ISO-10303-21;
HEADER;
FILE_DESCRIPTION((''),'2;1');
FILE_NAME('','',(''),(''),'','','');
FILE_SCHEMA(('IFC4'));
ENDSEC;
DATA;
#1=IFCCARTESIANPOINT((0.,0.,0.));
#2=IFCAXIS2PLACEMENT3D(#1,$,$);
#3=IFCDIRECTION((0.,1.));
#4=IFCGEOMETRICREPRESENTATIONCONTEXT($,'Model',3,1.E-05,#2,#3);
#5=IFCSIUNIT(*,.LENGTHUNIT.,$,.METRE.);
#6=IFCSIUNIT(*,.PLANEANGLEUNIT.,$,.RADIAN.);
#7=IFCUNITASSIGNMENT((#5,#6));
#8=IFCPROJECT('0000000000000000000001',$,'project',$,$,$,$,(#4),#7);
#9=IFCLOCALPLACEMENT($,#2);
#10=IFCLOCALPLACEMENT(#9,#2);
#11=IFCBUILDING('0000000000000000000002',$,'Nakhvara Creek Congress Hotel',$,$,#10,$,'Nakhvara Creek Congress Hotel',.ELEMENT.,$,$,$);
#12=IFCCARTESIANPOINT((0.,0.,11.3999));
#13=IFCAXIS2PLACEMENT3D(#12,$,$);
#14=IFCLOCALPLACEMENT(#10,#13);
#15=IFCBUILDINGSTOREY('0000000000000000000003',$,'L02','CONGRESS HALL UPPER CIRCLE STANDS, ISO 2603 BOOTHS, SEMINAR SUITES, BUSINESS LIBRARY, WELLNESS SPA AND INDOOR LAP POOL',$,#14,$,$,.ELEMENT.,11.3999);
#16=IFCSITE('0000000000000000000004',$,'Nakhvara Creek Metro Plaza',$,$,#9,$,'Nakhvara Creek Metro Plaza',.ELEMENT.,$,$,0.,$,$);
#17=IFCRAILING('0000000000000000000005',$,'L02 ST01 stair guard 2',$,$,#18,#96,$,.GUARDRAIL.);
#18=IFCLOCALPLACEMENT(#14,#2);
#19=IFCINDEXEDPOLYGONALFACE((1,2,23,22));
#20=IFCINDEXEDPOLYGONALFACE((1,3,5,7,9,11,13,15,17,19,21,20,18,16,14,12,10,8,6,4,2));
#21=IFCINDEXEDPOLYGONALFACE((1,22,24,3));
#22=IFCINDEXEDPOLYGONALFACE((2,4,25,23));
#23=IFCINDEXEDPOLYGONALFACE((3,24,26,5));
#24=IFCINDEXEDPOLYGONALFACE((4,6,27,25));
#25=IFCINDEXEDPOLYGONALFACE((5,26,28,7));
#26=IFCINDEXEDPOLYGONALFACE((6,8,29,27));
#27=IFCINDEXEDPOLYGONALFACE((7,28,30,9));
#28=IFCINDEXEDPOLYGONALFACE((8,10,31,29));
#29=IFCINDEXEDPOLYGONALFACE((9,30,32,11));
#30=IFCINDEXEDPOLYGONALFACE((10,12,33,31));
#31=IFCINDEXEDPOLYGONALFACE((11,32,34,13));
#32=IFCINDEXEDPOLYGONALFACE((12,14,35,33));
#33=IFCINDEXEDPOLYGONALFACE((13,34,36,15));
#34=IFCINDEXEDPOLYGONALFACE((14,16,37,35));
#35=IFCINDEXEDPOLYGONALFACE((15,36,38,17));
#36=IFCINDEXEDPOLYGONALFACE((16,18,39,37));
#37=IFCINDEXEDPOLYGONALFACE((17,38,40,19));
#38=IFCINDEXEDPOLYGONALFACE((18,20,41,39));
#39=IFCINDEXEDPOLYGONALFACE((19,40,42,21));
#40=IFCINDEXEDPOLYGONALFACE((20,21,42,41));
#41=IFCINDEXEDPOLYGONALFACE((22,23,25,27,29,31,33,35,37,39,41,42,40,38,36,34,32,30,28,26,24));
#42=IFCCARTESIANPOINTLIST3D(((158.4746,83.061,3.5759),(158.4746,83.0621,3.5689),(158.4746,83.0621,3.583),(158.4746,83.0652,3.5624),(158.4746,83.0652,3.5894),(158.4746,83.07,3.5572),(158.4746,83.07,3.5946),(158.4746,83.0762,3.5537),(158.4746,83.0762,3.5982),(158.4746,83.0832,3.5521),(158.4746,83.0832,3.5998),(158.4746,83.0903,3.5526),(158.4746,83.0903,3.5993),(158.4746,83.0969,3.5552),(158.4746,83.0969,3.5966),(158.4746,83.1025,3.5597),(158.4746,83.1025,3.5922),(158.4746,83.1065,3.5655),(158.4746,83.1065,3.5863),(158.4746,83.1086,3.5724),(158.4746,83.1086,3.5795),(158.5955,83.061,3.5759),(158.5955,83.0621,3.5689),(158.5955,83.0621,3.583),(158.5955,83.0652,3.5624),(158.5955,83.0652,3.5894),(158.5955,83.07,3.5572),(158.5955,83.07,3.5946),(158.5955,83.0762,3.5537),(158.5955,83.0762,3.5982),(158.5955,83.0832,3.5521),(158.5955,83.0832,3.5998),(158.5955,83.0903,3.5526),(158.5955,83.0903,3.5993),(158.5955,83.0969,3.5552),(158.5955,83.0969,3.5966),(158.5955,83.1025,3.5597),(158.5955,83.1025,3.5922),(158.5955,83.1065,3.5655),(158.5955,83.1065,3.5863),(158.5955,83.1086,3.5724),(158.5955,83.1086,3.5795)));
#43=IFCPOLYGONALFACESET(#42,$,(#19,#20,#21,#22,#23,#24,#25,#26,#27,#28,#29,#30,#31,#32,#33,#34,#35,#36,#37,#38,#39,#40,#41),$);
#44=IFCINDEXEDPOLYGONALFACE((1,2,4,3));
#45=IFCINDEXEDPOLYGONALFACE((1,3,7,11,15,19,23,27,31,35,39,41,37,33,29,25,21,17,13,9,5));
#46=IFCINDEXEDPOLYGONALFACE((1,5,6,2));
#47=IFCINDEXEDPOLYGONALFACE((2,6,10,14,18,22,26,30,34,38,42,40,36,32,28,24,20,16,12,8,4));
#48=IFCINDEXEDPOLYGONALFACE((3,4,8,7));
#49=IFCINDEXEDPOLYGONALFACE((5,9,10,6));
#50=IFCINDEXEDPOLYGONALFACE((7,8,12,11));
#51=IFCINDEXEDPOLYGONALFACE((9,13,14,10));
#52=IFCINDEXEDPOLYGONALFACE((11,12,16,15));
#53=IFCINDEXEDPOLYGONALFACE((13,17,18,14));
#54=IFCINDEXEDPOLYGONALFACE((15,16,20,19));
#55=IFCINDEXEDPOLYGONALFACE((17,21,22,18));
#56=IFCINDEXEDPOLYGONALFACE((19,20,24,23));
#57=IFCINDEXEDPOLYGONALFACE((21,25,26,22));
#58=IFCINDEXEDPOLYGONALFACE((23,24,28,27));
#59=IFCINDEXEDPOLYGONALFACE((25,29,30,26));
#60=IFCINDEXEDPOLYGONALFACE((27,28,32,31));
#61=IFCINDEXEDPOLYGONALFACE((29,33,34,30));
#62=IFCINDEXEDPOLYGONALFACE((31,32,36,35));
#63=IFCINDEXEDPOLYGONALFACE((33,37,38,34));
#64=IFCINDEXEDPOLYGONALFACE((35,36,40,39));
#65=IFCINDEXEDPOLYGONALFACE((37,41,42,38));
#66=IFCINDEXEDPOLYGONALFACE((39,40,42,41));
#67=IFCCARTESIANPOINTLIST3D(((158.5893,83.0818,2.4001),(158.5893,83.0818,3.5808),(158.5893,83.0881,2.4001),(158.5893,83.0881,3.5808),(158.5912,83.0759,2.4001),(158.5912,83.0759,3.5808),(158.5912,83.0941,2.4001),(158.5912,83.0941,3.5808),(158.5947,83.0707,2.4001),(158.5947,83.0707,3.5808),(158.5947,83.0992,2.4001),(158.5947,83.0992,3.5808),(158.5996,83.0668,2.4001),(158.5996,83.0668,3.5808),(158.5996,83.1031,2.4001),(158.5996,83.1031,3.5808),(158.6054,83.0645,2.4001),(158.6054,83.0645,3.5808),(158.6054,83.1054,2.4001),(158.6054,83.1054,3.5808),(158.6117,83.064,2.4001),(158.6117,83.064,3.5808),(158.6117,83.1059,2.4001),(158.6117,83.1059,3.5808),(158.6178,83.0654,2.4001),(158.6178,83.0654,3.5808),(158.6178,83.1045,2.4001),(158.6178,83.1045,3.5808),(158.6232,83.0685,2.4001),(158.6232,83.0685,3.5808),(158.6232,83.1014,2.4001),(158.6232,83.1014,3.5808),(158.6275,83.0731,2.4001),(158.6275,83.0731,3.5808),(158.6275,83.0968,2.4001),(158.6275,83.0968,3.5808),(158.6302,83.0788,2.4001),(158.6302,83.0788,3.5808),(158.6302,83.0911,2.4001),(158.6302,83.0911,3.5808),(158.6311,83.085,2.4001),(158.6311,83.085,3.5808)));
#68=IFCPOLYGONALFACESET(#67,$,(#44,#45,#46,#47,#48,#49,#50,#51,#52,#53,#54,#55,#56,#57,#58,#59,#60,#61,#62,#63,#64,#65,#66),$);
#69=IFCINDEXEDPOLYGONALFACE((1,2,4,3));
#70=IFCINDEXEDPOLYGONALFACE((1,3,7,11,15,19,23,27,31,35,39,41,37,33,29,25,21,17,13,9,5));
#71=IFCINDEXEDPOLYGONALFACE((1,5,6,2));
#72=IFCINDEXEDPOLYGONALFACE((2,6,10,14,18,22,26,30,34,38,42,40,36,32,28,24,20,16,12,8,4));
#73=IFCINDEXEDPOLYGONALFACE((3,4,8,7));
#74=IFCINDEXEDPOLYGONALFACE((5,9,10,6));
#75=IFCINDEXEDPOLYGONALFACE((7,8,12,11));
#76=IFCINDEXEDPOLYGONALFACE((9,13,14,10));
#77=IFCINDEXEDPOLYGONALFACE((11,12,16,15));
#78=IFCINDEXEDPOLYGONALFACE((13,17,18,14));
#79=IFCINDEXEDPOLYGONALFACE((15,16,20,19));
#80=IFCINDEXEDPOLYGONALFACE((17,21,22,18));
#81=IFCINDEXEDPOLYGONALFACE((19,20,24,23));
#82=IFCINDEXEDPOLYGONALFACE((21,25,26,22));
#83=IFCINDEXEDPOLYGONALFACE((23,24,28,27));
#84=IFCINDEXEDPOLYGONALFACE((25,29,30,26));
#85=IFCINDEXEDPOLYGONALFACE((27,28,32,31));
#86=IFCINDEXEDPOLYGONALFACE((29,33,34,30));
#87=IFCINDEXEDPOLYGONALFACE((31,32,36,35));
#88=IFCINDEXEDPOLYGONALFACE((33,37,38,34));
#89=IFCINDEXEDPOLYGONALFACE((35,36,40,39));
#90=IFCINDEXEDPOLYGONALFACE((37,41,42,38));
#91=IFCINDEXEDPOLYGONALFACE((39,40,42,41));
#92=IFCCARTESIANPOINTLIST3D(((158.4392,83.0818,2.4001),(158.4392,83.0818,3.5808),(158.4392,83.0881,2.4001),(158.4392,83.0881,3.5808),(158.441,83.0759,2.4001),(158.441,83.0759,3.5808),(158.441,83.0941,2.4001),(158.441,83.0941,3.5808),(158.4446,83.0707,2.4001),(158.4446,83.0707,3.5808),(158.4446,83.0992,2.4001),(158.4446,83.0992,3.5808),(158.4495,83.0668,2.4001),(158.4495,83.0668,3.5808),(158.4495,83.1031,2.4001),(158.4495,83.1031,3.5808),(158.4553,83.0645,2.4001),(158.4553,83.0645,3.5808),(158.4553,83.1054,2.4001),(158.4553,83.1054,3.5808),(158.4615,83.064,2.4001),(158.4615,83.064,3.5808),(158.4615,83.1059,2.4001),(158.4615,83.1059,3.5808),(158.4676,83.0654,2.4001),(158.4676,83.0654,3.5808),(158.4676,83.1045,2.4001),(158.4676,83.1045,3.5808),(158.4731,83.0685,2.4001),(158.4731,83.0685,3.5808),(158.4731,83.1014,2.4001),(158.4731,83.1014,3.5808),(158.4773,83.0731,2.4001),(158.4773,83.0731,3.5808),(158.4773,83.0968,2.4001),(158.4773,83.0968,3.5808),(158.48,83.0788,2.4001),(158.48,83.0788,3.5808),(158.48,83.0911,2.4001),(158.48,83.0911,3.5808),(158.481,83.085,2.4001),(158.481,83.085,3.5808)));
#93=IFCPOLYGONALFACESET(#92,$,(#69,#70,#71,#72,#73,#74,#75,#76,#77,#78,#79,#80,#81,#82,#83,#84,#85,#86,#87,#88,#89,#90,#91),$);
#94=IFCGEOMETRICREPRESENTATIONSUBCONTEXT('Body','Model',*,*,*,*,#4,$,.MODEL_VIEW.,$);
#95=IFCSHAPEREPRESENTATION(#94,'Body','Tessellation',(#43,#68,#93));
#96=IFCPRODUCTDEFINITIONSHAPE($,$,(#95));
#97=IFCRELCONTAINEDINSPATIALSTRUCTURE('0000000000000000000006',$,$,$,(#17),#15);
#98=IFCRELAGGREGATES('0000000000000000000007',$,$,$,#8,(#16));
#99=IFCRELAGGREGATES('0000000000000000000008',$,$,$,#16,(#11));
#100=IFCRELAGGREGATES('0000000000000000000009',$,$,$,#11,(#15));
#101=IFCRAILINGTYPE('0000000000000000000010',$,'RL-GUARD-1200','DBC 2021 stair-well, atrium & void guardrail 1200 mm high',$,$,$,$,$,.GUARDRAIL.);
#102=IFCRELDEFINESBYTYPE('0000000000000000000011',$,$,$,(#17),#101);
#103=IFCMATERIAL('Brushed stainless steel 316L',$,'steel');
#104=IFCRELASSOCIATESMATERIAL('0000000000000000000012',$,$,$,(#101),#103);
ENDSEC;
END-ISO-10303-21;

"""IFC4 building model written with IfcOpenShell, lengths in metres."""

from ifc_helpers import new_model, si_unit, direction, frame, origin, origin_2d, place, context, subcontext, project, spatial, circle, extrude, material, type_object, element, save


model = new_model("IFC4")

# Units and contexts
model_context = context("Model", 3, precision=1e-05, world=origin(), true_north=direction((0.0, 1.0)))
body_context = subcontext(model_context, "Body", "Model", "MODEL_VIEW")
ifc_project = project(units=[si_unit("LENGTHUNIT", "METRE"), si_unit("PLANEANGLEUNIT", "RADIAN")], contexts=[model_context])

# Site, building, storey
site_placement = place(None, origin())
site = spatial("IfcSite", under=ifc_project, at=site_placement, Name="Nakhvara Creek Metro Plaza", LongName="Nakhvara Creek Metro Plaza", CompositionType="ELEMENT", RefElevation=0.0)
building_placement = place(site_placement, origin())
building = spatial("IfcBuilding", under=site, at=building_placement, Name="Nakhvara Creek Congress Hotel", LongName="Nakhvara Creek Congress Hotel", CompositionType="ELEMENT")
storey_placement = place(building_placement, frame((0.0, 0.0, 11.3999)))
storey = spatial("IfcBuildingStorey", under=building, at=storey_placement, Name="L02", Description="CONGRESS HALL UPPER CIRCLE STANDS, ISO 2603 BOOTHS, SEMINAR SUITES, BUSINESS LIBRARY, WELLNESS SPA AND INDOOR LAP POOL", CompositionType="ELEMENT", Elevation=11.3999)

# Railing
ifc_material_1 = material(Name="Brushed stainless steel 316L", Category="steel")
railing_type_1 = type_object("IfcRailingType", Name="RL-GUARD-1200", Description="DBC 2021 stair-well, atrium & void guardrail 1200 mm high", PredefinedType="GUARDRAIL", material=ifc_material_1)
railing_1_placement = place(storey_placement, frame((158.6101, 83.085, 2.4001)))
element("IfcRailing", 1, at=railing_1_placement, inside=storey, type_object=railing_type_1, Name="L02 ST01 stair guard 2", PredefinedType="GUARDRAIL", context=body_context, shape_type="SweptSolid", body=[
    extrude(circle(Radius=0.0239, at=origin_2d()), frame((-0.0146, 0.0, 1.1758), z_axis=(-1.0, 0.0, 0.0), x_axis=(0.0, -1.0, 0.0)), (0.0, 0.0, 1.0), 0.1208),
    extrude(circle(Radius=0.021, at=origin_2d()), origin(), (0.0, 0.0, 1.0), 1.1807),
    extrude(circle(Radius=0.021, at=origin_2d()), frame((-0.1501, 0.0, 0.0)), (0.0, 0.0, 1.0), 1.1807),
])

save(model, "model.ifc")
